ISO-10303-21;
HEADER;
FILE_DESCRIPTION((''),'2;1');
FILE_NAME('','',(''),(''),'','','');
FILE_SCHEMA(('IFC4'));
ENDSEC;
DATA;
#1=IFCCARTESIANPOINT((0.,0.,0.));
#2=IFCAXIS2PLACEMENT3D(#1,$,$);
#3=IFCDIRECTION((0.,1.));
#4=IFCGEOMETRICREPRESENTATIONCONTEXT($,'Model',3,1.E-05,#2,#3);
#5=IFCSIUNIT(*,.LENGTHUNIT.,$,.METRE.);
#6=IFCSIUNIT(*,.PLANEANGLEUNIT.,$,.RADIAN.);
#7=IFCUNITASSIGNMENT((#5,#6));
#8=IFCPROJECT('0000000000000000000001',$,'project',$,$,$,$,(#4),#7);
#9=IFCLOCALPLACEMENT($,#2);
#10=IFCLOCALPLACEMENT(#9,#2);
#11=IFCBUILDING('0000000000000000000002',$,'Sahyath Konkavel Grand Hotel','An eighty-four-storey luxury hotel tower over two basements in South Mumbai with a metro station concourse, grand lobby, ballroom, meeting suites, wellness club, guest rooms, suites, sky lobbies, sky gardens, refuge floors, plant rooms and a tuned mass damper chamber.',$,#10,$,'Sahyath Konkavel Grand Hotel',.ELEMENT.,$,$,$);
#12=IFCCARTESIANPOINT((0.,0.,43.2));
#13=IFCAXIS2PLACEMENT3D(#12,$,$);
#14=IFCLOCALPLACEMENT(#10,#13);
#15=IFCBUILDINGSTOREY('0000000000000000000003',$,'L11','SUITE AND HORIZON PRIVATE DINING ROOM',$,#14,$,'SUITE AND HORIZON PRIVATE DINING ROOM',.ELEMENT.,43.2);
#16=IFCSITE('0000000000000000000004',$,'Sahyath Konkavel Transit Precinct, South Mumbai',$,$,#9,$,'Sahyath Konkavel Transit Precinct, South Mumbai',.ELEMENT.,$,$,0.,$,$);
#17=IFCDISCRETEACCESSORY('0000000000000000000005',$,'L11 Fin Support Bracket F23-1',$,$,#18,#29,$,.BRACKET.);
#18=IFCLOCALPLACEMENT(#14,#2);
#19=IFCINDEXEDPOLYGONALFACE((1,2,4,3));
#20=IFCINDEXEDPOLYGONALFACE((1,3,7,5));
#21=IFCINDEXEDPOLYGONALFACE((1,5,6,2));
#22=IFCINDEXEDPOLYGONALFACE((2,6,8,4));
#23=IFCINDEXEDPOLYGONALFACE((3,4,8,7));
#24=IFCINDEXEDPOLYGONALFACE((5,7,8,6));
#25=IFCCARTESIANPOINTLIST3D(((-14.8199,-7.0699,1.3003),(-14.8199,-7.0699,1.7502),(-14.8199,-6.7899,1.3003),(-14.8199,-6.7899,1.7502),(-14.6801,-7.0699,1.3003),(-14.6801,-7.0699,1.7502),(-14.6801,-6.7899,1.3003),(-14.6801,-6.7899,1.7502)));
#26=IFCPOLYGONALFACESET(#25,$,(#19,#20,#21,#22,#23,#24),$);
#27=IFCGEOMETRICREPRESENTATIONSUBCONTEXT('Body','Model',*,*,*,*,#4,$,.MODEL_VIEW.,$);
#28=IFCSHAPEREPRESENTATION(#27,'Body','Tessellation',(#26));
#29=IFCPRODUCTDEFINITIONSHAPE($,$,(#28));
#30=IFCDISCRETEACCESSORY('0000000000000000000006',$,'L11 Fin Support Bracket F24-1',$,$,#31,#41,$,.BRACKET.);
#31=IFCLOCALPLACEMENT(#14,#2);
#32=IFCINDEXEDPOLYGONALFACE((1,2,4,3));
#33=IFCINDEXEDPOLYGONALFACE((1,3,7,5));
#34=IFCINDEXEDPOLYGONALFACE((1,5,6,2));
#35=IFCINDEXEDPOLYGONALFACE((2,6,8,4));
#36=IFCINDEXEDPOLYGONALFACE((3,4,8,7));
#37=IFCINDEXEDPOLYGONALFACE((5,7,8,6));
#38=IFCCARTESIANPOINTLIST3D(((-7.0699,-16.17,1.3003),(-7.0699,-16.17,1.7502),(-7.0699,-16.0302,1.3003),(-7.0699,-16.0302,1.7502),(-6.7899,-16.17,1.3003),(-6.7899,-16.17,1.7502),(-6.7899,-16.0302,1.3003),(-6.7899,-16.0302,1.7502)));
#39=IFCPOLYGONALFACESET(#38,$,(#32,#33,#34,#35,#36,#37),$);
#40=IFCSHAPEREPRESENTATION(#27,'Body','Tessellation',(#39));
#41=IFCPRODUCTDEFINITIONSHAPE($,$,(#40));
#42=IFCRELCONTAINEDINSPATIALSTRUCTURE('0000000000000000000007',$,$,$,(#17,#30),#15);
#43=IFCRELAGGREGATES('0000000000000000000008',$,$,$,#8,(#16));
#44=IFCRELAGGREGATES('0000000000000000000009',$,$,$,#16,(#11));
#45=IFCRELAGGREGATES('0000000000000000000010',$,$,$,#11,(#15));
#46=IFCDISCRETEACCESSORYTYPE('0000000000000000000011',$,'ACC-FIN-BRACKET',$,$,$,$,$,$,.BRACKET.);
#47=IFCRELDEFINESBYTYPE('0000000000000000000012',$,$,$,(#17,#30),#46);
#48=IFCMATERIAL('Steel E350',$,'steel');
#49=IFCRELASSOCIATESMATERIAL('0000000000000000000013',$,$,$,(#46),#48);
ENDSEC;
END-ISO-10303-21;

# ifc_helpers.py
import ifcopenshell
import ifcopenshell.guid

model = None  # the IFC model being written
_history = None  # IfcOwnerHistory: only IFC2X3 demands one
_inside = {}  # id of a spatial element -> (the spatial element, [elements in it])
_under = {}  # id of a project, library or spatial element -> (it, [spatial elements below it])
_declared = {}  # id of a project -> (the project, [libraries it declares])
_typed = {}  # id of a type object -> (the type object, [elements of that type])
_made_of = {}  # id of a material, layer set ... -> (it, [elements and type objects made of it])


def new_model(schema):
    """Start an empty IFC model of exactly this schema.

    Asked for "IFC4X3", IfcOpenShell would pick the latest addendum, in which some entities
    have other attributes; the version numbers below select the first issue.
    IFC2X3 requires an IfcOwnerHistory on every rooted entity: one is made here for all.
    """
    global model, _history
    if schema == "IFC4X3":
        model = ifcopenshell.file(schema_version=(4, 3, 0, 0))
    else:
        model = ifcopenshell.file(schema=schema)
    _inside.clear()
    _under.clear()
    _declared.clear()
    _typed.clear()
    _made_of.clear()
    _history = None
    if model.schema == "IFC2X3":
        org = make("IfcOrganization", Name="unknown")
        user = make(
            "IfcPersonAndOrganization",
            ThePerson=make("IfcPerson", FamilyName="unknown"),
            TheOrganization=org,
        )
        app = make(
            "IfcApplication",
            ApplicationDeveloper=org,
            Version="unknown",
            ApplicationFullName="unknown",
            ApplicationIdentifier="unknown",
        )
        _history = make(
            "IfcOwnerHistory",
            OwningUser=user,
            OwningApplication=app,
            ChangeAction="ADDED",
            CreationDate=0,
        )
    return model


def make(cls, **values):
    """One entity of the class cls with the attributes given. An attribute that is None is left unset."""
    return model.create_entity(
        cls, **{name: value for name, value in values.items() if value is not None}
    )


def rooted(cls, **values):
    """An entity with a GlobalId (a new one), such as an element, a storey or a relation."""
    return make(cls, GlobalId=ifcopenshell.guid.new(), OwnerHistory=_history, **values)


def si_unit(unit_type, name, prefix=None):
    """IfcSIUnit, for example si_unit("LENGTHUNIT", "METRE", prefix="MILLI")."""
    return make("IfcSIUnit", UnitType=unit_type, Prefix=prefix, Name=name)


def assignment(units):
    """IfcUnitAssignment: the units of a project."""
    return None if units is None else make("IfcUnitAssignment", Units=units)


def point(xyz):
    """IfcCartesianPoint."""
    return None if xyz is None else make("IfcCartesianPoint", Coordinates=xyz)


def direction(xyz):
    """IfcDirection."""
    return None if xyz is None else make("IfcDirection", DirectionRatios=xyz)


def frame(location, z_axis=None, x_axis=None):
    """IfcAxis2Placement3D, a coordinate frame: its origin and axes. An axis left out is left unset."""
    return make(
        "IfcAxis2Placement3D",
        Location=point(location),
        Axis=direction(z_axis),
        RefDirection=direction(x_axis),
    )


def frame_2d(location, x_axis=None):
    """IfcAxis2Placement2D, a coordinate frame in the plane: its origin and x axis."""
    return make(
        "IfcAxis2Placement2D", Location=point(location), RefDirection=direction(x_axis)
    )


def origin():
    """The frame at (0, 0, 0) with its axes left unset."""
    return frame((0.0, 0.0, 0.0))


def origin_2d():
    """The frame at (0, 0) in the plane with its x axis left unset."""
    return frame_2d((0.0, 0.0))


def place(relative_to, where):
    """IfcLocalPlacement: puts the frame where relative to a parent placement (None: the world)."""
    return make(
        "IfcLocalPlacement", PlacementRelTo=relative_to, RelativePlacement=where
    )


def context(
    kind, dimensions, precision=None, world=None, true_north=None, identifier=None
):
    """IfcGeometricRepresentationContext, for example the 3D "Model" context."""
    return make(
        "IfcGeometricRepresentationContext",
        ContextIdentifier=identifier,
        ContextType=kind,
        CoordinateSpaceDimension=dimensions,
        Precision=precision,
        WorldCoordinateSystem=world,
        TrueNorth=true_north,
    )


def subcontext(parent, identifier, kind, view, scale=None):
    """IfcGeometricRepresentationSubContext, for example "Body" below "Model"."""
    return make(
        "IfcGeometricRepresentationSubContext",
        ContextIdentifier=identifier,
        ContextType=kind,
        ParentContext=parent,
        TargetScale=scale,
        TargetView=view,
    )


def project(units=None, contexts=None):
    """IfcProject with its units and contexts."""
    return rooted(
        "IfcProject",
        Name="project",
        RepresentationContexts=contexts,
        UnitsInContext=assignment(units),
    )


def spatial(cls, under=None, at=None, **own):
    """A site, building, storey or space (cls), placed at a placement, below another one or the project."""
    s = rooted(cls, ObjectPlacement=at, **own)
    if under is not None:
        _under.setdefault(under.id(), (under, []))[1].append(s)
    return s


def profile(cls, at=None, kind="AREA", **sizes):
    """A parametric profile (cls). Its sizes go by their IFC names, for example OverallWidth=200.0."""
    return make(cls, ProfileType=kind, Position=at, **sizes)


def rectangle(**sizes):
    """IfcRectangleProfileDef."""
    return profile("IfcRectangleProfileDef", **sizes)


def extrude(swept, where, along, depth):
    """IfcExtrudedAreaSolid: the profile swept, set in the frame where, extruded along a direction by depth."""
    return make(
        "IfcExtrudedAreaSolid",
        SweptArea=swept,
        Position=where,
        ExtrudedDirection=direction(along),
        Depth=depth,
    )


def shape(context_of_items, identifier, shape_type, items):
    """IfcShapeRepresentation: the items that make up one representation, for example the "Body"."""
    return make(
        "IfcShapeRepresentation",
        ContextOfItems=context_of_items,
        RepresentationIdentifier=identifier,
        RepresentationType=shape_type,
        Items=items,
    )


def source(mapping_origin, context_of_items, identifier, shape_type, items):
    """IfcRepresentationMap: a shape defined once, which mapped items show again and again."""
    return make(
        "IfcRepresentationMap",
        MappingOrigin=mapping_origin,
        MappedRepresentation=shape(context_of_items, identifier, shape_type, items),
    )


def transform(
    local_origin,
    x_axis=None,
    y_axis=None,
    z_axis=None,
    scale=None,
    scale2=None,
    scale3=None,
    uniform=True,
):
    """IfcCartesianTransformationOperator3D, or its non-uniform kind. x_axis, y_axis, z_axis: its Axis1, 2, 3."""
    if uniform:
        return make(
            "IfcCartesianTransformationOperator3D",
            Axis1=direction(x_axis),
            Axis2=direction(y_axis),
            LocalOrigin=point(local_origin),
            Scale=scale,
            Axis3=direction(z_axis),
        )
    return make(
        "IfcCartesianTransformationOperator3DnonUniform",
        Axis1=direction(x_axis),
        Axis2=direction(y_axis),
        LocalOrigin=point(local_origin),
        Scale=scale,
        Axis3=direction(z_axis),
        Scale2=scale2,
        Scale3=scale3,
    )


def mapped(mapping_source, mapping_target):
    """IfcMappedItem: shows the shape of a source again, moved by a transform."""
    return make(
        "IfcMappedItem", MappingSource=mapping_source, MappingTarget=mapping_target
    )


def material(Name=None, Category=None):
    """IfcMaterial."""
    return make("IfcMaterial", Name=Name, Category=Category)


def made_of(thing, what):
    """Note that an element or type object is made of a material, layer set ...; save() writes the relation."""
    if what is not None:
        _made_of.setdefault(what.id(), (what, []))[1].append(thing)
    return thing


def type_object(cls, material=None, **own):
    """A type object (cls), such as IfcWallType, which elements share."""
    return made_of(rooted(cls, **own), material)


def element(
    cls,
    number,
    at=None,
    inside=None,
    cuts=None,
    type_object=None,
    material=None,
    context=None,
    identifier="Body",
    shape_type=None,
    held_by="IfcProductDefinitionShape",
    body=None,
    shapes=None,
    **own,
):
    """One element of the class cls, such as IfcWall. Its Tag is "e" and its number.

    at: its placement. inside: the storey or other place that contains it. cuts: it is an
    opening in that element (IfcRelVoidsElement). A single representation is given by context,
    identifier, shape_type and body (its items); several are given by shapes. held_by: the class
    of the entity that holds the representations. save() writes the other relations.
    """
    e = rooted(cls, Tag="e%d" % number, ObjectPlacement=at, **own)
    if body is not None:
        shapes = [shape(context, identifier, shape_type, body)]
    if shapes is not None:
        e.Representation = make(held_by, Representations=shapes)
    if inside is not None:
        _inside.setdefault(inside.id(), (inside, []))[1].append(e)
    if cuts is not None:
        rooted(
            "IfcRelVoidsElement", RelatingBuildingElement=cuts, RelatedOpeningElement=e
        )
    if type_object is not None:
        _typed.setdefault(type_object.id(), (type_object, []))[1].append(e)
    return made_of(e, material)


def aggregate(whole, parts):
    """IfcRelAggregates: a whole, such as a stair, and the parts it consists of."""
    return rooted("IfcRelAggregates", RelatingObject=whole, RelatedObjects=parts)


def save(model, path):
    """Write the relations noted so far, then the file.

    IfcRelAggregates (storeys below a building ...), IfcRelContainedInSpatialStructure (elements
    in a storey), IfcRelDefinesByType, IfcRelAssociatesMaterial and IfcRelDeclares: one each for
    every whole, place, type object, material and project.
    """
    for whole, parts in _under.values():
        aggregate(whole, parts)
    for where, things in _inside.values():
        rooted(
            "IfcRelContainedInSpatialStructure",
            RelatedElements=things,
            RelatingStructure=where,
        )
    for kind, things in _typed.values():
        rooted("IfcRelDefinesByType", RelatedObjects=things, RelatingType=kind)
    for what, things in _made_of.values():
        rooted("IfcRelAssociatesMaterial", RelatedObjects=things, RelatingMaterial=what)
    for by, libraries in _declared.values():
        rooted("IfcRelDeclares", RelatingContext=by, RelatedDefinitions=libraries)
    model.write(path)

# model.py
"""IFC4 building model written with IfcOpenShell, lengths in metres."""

from ifc_helpers import new_model, si_unit, direction, frame, origin, origin_2d, place, context, subcontext, project, spatial, rectangle, extrude, source, transform, mapped, material, type_object, element, save


model = new_model("IFC4")

# Units and contexts
model_context = context("Model", 3, precision=1e-05, world=origin(), true_north=direction((0.0, 1.0)))
body_context = subcontext(model_context, "Body", "Model", "MODEL_VIEW")
ifc_project = project(units=[si_unit("LENGTHUNIT", "METRE"), si_unit("PLANEANGLEUNIT", "RADIAN")], contexts=[model_context])

# Site, building, storey
site_placement = place(None, origin())
site = spatial("IfcSite", under=ifc_project, at=site_placement, Name="Sahyath Konkavel Transit Precinct, South Mumbai", LongName="Sahyath Konkavel Transit Precinct, South Mumbai", CompositionType="ELEMENT", RefElevation=0.0)
building_placement = place(site_placement, origin())
building = spatial("IfcBuilding", under=site, at=building_placement, Name="Sahyath Konkavel Grand Hotel", Description="An eighty-four-storey luxury hotel tower over two basements in South Mumbai with a metro station concourse, grand lobby, ballroom, meeting suites, wellness club, guest rooms, suites, sky lobbies, sky gardens, refuge floors, plant rooms and a tuned mass damper chamber.", LongName="Sahyath Konkavel Grand Hotel", CompositionType="ELEMENT")
storey_placement = place(building_placement, frame((0.0, 0.0, 43.2)))
storey = spatial("IfcBuildingStorey", under=building, at=storey_placement, Name="L11", Description="SUITE AND HORIZON PRIVATE DINING ROOM", LongName="SUITE AND HORIZON PRIVATE DINING ROOM", CompositionType="ELEMENT", Elevation=43.2)

# Shared definitions
ifc_material_1 = material(Name="Steel E350", Category="steel")

# Discrete accessories
discrete_accessory_type = type_object("IfcDiscreteAccessoryType", Name="ACC-FIN-BRACKET", PredefinedType="BRACKET", material=ifc_material_1)
shared_shape_1 = source(origin(), body_context, "Body", "SweptSolid", [
    extrude(rectangle(XDim=0.28, YDim=0.1399, at=origin_2d()), origin(), (0.0, 0.0, 1.0), 0.45),
])
for number, where, z_axis, x_axis, name in (
    (1, (-14.75, -6.9299, 1.3003), (0.0, 0.0, 1.0), (0.0, -1.0, 0.0), "L11 Fin Support Bracket F23-1"),
    (2, (-6.9299, -16.1001, 1.3003), (0.0, 0.0, 1.0), (-1.0, 0.0, 0.0), "L11 Fin Support Bracket F24-1"),
):
    element("IfcDiscreteAccessory", number, at=place(storey_placement, frame(where, z_axis=z_axis, x_axis=x_axis)), inside=storey, type_object=discrete_accessory_type, Name=name, PredefinedType="BRACKET", context=body_context, shape_type="MappedRepresentation", body=[
        mapped(shared_shape_1, transform((0.0, 0.0, 0.0), scale=1.0)),
    ])

save(model, "model.ifc")
